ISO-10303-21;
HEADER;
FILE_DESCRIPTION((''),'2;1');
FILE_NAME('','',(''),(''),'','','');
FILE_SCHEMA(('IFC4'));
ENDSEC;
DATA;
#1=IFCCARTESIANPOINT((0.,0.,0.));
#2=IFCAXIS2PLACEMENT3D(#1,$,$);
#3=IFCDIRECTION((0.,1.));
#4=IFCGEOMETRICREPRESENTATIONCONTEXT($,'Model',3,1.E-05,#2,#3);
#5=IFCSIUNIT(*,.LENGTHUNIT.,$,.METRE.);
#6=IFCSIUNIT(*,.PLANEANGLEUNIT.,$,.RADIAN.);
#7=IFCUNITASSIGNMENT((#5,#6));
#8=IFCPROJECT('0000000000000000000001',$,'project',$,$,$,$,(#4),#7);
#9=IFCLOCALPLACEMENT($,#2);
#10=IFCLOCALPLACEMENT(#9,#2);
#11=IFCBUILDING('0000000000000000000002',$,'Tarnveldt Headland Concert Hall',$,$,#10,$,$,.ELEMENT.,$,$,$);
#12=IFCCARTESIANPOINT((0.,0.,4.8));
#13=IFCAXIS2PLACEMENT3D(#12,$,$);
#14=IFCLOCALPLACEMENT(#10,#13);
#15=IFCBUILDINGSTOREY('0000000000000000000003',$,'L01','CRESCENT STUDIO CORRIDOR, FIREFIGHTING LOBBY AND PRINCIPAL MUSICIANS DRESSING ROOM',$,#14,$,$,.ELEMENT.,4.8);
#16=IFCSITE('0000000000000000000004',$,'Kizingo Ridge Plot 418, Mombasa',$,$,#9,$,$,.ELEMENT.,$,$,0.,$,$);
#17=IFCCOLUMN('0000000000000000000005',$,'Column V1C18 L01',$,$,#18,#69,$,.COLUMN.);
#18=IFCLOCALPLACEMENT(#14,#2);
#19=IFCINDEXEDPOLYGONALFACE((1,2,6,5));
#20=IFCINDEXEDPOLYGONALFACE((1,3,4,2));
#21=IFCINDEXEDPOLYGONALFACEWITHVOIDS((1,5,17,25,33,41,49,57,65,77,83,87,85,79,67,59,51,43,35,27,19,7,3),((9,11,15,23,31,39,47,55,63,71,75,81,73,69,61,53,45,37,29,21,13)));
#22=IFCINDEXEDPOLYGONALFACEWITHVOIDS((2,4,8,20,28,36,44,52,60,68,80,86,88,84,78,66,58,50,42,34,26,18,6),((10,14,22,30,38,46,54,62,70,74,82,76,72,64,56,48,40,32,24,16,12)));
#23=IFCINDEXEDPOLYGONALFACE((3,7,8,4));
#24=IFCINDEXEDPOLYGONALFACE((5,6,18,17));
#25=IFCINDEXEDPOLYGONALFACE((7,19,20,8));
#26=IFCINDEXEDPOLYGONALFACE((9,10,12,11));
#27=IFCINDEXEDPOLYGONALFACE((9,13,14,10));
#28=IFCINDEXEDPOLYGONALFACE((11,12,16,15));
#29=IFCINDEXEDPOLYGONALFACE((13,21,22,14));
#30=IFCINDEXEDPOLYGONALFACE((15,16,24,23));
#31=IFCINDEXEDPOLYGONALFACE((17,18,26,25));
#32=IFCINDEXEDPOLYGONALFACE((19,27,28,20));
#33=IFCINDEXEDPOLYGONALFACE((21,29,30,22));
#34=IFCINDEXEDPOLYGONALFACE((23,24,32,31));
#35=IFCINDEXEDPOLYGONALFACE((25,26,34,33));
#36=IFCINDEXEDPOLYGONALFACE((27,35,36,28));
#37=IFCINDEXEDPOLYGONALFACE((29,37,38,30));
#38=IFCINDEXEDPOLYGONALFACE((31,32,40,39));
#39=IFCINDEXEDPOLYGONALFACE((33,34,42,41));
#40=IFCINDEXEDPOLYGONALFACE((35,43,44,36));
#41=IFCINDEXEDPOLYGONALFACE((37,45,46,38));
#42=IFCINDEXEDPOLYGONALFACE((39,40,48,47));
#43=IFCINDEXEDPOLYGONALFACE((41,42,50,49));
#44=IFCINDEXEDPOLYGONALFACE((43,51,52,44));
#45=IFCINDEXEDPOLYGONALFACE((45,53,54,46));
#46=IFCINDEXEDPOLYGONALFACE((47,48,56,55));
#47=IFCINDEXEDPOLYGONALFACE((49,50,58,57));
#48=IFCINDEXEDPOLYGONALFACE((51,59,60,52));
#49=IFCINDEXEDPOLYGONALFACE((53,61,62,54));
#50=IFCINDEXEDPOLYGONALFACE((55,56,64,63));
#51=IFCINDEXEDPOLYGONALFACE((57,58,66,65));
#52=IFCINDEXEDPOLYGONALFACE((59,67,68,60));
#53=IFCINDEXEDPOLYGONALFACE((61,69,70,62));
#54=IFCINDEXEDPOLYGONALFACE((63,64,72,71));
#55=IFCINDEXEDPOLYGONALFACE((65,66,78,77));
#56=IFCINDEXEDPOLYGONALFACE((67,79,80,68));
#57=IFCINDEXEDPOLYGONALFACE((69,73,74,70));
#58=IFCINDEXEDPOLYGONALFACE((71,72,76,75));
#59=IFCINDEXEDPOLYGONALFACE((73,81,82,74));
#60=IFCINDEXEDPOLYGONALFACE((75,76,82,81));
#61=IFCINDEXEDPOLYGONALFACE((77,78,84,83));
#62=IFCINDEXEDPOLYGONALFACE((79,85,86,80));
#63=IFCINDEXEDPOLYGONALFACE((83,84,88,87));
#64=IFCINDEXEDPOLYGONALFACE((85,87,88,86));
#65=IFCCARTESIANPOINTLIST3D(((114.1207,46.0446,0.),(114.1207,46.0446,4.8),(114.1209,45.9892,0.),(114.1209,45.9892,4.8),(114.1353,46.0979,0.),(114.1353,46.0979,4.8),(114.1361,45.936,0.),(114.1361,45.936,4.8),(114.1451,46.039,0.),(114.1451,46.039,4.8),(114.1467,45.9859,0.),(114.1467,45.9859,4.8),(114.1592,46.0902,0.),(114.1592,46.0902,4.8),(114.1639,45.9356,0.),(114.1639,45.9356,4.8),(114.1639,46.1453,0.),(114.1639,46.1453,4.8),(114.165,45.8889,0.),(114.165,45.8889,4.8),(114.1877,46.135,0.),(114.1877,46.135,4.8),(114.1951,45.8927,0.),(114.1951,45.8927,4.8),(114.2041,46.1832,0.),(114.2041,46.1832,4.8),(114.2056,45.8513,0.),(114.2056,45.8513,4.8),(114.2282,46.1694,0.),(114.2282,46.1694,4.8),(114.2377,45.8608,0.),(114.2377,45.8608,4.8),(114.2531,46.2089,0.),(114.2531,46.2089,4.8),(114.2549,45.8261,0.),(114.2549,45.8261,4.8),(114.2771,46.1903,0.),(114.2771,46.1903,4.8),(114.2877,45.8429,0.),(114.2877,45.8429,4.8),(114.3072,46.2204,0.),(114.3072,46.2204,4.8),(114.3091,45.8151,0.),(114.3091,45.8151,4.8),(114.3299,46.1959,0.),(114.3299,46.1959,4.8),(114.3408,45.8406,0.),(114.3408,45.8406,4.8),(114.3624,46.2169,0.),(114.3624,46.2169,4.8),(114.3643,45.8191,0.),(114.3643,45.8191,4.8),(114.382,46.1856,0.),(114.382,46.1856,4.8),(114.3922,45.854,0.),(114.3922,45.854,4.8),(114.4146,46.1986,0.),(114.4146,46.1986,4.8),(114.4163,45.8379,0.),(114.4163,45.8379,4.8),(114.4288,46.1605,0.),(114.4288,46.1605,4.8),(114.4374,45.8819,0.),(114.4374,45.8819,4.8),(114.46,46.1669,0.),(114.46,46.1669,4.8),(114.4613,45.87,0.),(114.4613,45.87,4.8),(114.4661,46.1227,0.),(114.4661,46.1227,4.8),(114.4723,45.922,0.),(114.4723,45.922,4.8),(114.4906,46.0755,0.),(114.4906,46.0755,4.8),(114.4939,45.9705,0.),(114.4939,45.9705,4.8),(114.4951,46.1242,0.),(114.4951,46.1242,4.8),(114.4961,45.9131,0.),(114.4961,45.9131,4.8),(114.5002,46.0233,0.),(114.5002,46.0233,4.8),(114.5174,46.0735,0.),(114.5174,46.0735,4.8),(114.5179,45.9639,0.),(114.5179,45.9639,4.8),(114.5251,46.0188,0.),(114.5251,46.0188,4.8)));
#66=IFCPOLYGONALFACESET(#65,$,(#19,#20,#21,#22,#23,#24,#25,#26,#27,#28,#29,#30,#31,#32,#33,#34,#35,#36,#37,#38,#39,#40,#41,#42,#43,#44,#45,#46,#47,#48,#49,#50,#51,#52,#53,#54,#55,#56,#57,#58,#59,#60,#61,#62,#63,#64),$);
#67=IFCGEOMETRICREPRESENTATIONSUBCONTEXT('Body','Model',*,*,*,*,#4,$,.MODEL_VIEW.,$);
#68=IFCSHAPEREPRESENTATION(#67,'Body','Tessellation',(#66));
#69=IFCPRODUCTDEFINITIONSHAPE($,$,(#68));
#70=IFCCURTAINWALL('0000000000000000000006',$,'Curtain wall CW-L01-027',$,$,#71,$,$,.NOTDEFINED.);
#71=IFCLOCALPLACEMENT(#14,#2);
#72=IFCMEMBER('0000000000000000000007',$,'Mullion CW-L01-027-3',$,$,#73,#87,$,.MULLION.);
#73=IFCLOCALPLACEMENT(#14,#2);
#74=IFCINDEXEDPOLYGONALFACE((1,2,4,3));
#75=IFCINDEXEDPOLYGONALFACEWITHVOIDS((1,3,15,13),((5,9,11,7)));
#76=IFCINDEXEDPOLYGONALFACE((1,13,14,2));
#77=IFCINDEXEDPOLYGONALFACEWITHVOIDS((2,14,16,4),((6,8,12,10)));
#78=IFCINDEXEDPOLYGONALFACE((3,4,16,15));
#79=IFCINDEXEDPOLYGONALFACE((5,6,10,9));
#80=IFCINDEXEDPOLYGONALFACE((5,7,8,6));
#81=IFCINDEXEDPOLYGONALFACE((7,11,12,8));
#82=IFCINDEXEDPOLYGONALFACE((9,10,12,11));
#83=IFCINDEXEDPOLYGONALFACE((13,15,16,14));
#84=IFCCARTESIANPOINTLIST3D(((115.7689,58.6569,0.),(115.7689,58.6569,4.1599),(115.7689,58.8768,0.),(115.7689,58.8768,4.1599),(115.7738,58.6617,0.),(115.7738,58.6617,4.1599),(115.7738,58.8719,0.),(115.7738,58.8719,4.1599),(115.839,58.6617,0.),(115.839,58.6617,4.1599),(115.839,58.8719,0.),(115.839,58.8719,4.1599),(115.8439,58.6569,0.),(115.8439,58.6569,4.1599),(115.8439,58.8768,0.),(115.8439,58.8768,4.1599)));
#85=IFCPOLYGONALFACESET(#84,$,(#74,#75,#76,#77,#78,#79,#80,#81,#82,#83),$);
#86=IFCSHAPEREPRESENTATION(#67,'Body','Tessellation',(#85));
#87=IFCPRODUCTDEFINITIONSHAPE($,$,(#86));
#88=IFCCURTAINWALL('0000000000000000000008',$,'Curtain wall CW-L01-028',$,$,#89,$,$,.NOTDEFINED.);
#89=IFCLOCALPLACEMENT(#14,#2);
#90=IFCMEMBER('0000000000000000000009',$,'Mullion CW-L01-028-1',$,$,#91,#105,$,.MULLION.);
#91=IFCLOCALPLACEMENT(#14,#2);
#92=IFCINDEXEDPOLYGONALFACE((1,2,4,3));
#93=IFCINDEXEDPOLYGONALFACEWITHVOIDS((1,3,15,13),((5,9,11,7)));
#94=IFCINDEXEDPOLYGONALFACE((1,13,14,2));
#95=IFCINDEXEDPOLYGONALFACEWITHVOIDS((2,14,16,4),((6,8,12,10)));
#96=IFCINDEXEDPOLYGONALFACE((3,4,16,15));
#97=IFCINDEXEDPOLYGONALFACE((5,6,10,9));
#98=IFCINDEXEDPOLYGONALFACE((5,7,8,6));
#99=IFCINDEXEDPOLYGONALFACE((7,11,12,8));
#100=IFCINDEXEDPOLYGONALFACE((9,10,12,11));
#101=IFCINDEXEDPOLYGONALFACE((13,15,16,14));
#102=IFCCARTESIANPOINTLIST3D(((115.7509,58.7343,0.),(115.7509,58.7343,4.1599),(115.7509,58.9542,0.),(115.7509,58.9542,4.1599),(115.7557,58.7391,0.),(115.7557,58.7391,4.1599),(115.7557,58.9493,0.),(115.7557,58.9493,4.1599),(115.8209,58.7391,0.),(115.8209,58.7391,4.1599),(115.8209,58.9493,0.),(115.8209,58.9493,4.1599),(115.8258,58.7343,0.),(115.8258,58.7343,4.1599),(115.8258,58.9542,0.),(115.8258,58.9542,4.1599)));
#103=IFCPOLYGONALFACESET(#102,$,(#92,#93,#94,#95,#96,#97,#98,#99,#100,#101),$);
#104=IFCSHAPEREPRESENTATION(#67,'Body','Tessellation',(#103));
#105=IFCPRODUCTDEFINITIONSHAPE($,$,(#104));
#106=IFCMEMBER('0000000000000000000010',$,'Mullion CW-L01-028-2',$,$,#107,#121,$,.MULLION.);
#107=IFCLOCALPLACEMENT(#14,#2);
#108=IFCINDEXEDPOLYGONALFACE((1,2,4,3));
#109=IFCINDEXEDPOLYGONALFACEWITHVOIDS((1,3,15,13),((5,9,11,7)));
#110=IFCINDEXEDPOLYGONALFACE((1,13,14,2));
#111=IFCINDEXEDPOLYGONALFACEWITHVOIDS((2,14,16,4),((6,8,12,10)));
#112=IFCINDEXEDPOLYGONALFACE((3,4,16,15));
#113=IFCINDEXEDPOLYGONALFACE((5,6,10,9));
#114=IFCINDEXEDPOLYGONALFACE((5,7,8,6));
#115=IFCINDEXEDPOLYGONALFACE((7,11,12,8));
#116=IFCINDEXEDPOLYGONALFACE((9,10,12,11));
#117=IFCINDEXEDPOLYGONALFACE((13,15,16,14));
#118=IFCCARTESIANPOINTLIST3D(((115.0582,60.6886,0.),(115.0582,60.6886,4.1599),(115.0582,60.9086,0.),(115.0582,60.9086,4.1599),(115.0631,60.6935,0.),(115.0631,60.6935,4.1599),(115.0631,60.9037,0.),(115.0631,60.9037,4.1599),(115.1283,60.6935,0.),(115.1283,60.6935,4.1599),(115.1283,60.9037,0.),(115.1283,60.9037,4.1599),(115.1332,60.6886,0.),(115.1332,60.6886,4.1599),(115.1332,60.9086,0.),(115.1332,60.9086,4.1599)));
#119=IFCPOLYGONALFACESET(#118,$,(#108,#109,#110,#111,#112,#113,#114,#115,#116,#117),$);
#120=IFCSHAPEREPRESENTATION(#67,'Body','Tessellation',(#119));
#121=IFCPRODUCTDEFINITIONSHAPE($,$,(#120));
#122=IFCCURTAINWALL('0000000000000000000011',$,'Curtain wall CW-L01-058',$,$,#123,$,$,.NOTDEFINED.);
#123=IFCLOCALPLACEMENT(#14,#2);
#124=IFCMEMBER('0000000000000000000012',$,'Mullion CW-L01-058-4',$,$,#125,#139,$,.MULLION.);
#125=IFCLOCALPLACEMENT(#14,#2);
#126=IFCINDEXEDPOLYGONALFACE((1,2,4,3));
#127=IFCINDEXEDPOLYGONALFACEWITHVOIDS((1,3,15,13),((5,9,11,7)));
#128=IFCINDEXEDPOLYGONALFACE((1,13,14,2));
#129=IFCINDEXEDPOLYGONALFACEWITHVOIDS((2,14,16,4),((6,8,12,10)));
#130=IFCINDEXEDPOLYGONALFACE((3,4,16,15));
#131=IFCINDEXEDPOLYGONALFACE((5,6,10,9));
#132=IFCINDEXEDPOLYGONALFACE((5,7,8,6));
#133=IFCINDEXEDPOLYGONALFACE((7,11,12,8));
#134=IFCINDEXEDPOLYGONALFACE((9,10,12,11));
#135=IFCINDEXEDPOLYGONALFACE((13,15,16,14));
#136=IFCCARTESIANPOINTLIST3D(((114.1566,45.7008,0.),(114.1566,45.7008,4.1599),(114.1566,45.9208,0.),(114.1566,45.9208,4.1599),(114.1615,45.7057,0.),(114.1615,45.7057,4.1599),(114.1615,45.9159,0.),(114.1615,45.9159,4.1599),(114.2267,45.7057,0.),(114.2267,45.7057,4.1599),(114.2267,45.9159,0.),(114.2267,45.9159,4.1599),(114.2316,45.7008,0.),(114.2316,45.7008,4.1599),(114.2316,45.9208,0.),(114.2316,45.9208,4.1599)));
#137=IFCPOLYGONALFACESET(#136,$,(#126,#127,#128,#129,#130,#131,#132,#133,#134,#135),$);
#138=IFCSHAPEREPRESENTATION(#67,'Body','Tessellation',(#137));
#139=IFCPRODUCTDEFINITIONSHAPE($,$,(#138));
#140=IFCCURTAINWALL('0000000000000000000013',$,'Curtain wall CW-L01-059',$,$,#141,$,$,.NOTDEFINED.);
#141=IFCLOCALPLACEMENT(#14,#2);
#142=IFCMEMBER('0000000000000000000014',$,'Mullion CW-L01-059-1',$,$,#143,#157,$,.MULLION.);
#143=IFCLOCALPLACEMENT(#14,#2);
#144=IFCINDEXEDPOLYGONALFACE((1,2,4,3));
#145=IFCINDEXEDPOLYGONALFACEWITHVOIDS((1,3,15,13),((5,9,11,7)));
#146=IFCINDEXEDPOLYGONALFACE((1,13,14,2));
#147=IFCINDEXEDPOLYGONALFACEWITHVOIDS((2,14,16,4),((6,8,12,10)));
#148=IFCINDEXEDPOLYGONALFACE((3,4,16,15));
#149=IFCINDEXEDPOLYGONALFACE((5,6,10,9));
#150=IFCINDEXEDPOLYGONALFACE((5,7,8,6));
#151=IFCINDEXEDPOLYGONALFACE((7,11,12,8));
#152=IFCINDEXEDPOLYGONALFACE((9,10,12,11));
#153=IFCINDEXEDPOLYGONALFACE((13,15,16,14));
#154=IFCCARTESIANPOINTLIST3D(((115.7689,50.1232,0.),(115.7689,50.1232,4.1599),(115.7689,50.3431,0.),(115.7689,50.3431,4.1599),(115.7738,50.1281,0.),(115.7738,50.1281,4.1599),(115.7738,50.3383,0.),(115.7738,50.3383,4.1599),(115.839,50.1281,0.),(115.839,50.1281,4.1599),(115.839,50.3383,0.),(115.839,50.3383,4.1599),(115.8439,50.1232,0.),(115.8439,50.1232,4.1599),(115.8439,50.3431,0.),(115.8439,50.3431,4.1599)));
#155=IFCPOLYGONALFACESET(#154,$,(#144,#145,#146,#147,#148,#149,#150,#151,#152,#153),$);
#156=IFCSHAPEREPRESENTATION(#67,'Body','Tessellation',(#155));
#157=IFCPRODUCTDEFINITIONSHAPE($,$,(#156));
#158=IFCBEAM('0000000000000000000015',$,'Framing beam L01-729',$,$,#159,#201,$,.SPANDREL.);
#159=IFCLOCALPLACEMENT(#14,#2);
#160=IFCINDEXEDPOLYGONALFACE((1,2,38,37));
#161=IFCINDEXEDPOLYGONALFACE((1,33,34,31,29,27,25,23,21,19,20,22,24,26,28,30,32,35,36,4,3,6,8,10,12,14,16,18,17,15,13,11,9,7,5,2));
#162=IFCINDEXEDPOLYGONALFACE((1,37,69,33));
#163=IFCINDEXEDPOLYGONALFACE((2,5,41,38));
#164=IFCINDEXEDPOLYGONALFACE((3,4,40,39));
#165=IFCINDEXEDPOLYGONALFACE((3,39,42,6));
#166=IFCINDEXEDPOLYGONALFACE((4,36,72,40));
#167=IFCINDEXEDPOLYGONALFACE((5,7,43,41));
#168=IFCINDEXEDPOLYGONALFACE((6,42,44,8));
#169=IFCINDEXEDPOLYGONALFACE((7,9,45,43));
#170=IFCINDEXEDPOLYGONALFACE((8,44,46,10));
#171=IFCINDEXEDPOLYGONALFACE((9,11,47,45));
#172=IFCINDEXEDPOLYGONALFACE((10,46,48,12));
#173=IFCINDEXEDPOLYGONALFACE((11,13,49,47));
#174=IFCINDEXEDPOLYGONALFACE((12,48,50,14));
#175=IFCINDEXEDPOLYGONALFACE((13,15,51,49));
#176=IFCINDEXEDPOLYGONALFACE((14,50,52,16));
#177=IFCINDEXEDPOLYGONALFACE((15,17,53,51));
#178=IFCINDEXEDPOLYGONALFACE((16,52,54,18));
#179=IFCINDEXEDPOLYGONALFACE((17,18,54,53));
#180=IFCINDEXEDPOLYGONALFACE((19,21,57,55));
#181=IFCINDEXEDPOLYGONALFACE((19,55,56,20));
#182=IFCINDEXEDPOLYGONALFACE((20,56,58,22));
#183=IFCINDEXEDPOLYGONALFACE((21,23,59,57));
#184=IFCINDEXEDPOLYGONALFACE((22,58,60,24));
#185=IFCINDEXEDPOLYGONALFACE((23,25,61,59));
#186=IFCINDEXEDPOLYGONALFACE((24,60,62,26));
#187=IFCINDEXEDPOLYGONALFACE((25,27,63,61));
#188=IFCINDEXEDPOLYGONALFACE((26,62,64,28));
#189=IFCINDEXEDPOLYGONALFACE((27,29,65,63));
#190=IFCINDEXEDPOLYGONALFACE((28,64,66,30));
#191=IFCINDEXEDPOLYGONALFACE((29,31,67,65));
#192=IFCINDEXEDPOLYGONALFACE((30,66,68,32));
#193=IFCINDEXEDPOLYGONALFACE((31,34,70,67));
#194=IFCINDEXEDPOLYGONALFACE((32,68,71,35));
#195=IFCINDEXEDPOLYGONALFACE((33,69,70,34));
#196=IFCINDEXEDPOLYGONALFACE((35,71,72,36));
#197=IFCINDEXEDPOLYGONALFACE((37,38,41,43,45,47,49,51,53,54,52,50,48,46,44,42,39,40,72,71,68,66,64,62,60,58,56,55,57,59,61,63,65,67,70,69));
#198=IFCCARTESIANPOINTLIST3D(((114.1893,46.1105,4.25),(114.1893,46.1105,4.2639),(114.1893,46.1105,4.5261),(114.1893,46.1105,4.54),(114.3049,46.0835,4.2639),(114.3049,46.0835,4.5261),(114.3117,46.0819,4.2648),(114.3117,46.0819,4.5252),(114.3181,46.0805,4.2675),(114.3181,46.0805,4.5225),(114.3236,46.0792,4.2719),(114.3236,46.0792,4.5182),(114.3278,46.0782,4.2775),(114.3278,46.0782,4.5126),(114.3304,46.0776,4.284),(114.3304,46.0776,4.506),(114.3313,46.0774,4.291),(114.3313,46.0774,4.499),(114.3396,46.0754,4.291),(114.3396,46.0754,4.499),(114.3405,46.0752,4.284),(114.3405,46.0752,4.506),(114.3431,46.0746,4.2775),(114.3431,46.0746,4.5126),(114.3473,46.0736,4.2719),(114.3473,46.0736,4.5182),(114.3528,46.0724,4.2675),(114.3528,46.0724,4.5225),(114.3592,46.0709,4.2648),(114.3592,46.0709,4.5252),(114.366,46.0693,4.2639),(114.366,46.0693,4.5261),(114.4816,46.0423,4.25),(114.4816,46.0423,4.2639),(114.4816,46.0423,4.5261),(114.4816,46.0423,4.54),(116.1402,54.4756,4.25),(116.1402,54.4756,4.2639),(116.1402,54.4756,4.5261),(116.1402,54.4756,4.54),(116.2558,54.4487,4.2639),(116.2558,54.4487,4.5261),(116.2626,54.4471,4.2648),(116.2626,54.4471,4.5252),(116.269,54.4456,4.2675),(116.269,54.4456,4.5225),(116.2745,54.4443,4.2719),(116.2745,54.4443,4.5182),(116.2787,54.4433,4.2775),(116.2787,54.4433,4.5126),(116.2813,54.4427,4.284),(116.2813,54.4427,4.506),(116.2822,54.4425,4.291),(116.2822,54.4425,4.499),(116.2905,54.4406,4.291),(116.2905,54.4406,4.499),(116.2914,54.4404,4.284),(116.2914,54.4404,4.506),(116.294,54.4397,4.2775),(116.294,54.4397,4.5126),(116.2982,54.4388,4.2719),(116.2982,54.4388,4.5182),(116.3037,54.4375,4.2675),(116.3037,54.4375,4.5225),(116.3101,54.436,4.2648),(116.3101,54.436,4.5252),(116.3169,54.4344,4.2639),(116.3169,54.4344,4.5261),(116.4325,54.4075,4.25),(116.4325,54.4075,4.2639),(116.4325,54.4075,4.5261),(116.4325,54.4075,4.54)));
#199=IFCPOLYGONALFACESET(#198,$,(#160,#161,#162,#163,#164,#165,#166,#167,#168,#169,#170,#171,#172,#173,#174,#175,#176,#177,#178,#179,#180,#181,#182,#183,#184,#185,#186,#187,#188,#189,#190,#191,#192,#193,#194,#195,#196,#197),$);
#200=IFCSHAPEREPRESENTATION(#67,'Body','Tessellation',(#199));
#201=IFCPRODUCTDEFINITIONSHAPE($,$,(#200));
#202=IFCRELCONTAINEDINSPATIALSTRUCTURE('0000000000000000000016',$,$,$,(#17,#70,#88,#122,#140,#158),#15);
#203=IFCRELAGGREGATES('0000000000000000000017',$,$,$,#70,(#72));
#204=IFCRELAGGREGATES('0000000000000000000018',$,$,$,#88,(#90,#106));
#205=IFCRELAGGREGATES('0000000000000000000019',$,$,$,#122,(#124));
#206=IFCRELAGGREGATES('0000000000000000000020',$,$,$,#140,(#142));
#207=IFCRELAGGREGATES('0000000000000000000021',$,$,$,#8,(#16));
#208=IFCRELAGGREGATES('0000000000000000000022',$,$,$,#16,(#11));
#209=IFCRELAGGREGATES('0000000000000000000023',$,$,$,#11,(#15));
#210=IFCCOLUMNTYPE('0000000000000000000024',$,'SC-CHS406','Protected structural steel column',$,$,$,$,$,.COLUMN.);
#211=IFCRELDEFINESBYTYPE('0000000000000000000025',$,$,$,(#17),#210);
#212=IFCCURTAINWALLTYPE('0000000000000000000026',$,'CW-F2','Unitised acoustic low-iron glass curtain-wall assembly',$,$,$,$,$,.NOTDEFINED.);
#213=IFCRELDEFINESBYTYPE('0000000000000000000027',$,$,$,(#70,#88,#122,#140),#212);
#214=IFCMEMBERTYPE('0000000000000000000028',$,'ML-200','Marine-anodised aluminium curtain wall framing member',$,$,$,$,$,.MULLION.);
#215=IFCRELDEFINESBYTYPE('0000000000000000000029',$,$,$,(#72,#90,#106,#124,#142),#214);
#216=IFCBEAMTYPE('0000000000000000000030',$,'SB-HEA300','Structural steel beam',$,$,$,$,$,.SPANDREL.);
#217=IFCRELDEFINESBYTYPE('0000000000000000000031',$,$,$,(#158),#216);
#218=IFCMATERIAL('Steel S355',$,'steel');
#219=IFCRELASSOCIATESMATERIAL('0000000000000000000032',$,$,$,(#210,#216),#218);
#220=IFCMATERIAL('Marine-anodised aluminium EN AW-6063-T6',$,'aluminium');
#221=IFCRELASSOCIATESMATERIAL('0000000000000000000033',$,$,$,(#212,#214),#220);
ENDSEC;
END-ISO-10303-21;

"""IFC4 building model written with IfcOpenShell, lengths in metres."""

from ifc_helpers import new_model, si_unit, direction, frame, origin, origin_2d, place, context, subcontext, project, spatial, hollow_rectangle, hollow_circle, i_section, extrude, material, material_profile, profile_set, type_object, element, aggregate, save


model = new_model("IFC4")

# Units and contexts
model_context = context("Model", 3, precision=1e-05, world=origin(), true_north=direction((0.0, 1.0)))
body_context = subcontext(model_context, "Body", "Model", "MODEL_VIEW")
ifc_project = project(units=[si_unit("LENGTHUNIT", "METRE"), si_unit("PLANEANGLEUNIT", "RADIAN")], contexts=[model_context])

# Site, building, storey
site_placement = place(None, origin())
site = spatial("IfcSite", under=ifc_project, at=site_placement, Name="Kizingo Ridge Plot 418, Mombasa", CompositionType="ELEMENT", RefElevation=0.0)
building_placement = place(site_placement, origin())
building = spatial("IfcBuilding", under=site, at=building_placement, Name="Tarnveldt Headland Concert Hall", CompositionType="ELEMENT")
storey_placement = place(building_placement, frame((0.0, 0.0, 4.8)))
storey = spatial("IfcBuildingStorey", under=building, at=storey_placement, Name="L01", Description="CRESCENT STUDIO CORRIDOR, FIREFIGHTING LOBBY AND PRINCIPAL MUSICIANS DRESSING ROOM", CompositionType="ELEMENT", Elevation=4.8)

# Column
ifc_material_1 = material(Name="Steel S355", Category="steel")
ifc_material_profile_1 = material_profile(ifc_material_1, hollow_circle(Radius=0.2031, WallThickness=0.0249, at=origin_2d()), Name="CHS 406.4x25", Category="steel")
ifc_profile_set_1 = profile_set([ifc_material_profile_1], Name="Steel S355")
column_type = type_object("IfcColumnType", Name="SC-CHS406", Description="Protected structural steel column", PredefinedType="COLUMN", material=ifc_profile_set_1)
column_placement = place(storey_placement, frame((114.322, 46.0178, 0.0), z_axis=(0.0, 0.0, 1.0), x_axis=(0.964142, -0.265388, 0.0)))
element("IfcColumn", 1, at=column_placement, inside=storey, type_object=column_type, Name="Column V1C18 L01", PredefinedType="COLUMN", context=body_context, shape_type="SweptSolid", body=[
    extrude(hollow_circle(Radius=0.2031, WallThickness=0.0249, at=origin_2d()), origin(), (0.0, 0.0, 1.0), 4.8),
])

# Curtain wall, member
ifc_material_2 = material(Name="Marine-anodised aluminium EN AW-6063-T6", Category="aluminium")
curtain_wall_type = type_object("IfcCurtainWallType", Name="CW-F2", Description="Unitised acoustic low-iron glass curtain-wall assembly", PredefinedType="NOTDEFINED", material=ifc_material_2)
curtain_wall_1_placement = place(storey_placement, origin())
curtain_wall_1 = element("IfcCurtainWall", 2, at=curtain_wall_1_placement, inside=storey, type_object=curtain_wall_type, Name="Curtain wall CW-L01-027", PredefinedType="NOTDEFINED")
ifc_material_profile_2 = material_profile(ifc_material_2, hollow_rectangle(XDim=0.075, YDim=0.22, WallThickness=0.0049, at=origin_2d()), Name="ALU MULLION 75x220x5", Category="aluminium")
ifc_profile_set_2 = profile_set([ifc_material_profile_2], Name="Marine-anodised aluminium EN AW-6063-T6")
member_type_1 = type_object("IfcMemberType", Name="ML-200", Description="Marine-anodised aluminium curtain wall framing member", PredefinedType="MULLION", material=ifc_profile_set_2)
member_1_placement = place(storey_placement, frame((115.8064, 58.7668, 0.0), z_axis=(0.0, 0.0, 1.0), x_axis=(1.0, 0.0, 0.0)))
member_1 = element("IfcMember", 3, at=member_1_placement, type_object=member_type_1, Name="Mullion CW-L01-027-3", PredefinedType="MULLION", context=body_context, shape_type="SweptSolid", body=[
    extrude(hollow_rectangle(XDim=0.075, YDim=0.22, WallThickness=0.0049, at=origin_2d()), origin(), (0.0, 0.0, 1.0), 4.1599),
])

# Curtain wall, members
curtain_wall_2_placement = place(storey_placement, origin())
curtain_wall_2 = element("IfcCurtainWall", 4, at=curtain_wall_2_placement, inside=storey, type_object=curtain_wall_type, Name="Curtain wall CW-L01-028", PredefinedType="NOTDEFINED")
member_2_placement = place(storey_placement, frame((115.7883, 58.8442, 0.0), z_axis=(0.0, 0.0, 1.0), x_axis=(1.0, 0.0, 0.0)))
member_2 = element("IfcMember", 5, at=member_2_placement, type_object=member_type_1, Name="Mullion CW-L01-028-1", PredefinedType="MULLION", context=body_context, shape_type="SweptSolid", body=[
    extrude(hollow_rectangle(XDim=0.075, YDim=0.22, WallThickness=0.0049, at=origin_2d()), origin(), (0.0, 0.0, 1.0), 4.1599),
])
member_3_placement = place(storey_placement, frame((115.0957, 60.7986, 0.0), z_axis=(0.0, 0.0, 1.0), x_axis=(1.0, 0.0, 0.0)))
member_3 = element("IfcMember", 6, at=member_3_placement, type_object=member_type_1, Name="Mullion CW-L01-028-2", PredefinedType="MULLION", context=body_context, shape_type="SweptSolid", body=[
    extrude(hollow_rectangle(XDim=0.075, YDim=0.22, WallThickness=0.0049, at=origin_2d()), origin(), (0.0, 0.0, 1.0), 4.1599),
])

# Curtain walls, members
curtain_wall_3_placement = place(storey_placement, origin())
curtain_wall_3 = element("IfcCurtainWall", 7, at=curtain_wall_3_placement, inside=storey, type_object=curtain_wall_type, Name="Curtain wall CW-L01-058", PredefinedType="NOTDEFINED")
member_4_placement = place(storey_placement, frame((114.1941, 45.8108, 0.0), z_axis=(0.0, 0.0, 1.0), x_axis=(1.0, 0.0, 0.0)))
member_4 = element("IfcMember", 8, at=member_4_placement, type_object=member_type_1, Name="Mullion CW-L01-058-4", PredefinedType="MULLION", context=body_context, shape_type="SweptSolid", body=[
    extrude(hollow_rectangle(XDim=0.075, YDim=0.22, WallThickness=0.0049, at=origin_2d()), origin(), (0.0, 0.0, 1.0), 4.1599),
])
curtain_wall_4_placement = place(storey_placement, origin())
curtain_wall_4 = element("IfcCurtainWall", 9, at=curtain_wall_4_placement, inside=storey, type_object=curtain_wall_type, Name="Curtain wall CW-L01-059", PredefinedType="NOTDEFINED")
member_5_placement = place(storey_placement, frame((115.8064, 50.2332, 0.0), z_axis=(0.0, 0.0, 1.0), x_axis=(1.0, 0.0, 0.0)))
member_5 = element("IfcMember", 10, at=member_5_placement, type_object=member_type_1, Name="Mullion CW-L01-059-1", PredefinedType="MULLION", context=body_context, shape_type="SweptSolid", body=[
    extrude(hollow_rectangle(XDim=0.075, YDim=0.22, WallThickness=0.0049, at=origin_2d()), origin(), (0.0, 0.0, 1.0), 4.1599),
])

# Beam
ifc_material_profile_3 = material_profile(ifc_material_1, i_section(OverallWidth=0.3, OverallDepth=0.29, WebThickness=0.0085, FlangeThickness=0.0139, FilletRadius=0.0271, at=origin_2d()), Name="HEA300", Category="steel")
ifc_profile_set_3 = profile_set([ifc_material_profile_3], Name="Steel S355")
beam_type = type_object("IfcBeamType", Name="SB-HEA300", Description="Structural steel beam", PredefinedType="SPANDREL", material=ifc_profile_set_3)
beam_placement = place(storey_placement, frame((114.3354, 46.0764, 4.395), z_axis=(0.227124, 0.973866, 0.0), x_axis=(-0.973866, 0.227124, 0.0)))
element("IfcBeam", 11, at=beam_placement, inside=storey, type_object=beam_type, Name="Framing beam L01-729", PredefinedType="SPANDREL", context=body_context, shape_type="SweptSolid", body=[
    extrude(i_section(OverallWidth=0.3, OverallDepth=0.29, WebThickness=0.0085, FlangeThickness=0.0139, FilletRadius=0.0271, at=origin_2d()), origin(), (0.0, 0.0, 1.0), 8.5896),
])

aggregate(curtain_wall_1, [member_1])
aggregate(curtain_wall_2, [member_2, member_3])
aggregate(curtain_wall_3, [member_4])
aggregate(curtain_wall_4, [member_5])

save(model, "model.ifc")
